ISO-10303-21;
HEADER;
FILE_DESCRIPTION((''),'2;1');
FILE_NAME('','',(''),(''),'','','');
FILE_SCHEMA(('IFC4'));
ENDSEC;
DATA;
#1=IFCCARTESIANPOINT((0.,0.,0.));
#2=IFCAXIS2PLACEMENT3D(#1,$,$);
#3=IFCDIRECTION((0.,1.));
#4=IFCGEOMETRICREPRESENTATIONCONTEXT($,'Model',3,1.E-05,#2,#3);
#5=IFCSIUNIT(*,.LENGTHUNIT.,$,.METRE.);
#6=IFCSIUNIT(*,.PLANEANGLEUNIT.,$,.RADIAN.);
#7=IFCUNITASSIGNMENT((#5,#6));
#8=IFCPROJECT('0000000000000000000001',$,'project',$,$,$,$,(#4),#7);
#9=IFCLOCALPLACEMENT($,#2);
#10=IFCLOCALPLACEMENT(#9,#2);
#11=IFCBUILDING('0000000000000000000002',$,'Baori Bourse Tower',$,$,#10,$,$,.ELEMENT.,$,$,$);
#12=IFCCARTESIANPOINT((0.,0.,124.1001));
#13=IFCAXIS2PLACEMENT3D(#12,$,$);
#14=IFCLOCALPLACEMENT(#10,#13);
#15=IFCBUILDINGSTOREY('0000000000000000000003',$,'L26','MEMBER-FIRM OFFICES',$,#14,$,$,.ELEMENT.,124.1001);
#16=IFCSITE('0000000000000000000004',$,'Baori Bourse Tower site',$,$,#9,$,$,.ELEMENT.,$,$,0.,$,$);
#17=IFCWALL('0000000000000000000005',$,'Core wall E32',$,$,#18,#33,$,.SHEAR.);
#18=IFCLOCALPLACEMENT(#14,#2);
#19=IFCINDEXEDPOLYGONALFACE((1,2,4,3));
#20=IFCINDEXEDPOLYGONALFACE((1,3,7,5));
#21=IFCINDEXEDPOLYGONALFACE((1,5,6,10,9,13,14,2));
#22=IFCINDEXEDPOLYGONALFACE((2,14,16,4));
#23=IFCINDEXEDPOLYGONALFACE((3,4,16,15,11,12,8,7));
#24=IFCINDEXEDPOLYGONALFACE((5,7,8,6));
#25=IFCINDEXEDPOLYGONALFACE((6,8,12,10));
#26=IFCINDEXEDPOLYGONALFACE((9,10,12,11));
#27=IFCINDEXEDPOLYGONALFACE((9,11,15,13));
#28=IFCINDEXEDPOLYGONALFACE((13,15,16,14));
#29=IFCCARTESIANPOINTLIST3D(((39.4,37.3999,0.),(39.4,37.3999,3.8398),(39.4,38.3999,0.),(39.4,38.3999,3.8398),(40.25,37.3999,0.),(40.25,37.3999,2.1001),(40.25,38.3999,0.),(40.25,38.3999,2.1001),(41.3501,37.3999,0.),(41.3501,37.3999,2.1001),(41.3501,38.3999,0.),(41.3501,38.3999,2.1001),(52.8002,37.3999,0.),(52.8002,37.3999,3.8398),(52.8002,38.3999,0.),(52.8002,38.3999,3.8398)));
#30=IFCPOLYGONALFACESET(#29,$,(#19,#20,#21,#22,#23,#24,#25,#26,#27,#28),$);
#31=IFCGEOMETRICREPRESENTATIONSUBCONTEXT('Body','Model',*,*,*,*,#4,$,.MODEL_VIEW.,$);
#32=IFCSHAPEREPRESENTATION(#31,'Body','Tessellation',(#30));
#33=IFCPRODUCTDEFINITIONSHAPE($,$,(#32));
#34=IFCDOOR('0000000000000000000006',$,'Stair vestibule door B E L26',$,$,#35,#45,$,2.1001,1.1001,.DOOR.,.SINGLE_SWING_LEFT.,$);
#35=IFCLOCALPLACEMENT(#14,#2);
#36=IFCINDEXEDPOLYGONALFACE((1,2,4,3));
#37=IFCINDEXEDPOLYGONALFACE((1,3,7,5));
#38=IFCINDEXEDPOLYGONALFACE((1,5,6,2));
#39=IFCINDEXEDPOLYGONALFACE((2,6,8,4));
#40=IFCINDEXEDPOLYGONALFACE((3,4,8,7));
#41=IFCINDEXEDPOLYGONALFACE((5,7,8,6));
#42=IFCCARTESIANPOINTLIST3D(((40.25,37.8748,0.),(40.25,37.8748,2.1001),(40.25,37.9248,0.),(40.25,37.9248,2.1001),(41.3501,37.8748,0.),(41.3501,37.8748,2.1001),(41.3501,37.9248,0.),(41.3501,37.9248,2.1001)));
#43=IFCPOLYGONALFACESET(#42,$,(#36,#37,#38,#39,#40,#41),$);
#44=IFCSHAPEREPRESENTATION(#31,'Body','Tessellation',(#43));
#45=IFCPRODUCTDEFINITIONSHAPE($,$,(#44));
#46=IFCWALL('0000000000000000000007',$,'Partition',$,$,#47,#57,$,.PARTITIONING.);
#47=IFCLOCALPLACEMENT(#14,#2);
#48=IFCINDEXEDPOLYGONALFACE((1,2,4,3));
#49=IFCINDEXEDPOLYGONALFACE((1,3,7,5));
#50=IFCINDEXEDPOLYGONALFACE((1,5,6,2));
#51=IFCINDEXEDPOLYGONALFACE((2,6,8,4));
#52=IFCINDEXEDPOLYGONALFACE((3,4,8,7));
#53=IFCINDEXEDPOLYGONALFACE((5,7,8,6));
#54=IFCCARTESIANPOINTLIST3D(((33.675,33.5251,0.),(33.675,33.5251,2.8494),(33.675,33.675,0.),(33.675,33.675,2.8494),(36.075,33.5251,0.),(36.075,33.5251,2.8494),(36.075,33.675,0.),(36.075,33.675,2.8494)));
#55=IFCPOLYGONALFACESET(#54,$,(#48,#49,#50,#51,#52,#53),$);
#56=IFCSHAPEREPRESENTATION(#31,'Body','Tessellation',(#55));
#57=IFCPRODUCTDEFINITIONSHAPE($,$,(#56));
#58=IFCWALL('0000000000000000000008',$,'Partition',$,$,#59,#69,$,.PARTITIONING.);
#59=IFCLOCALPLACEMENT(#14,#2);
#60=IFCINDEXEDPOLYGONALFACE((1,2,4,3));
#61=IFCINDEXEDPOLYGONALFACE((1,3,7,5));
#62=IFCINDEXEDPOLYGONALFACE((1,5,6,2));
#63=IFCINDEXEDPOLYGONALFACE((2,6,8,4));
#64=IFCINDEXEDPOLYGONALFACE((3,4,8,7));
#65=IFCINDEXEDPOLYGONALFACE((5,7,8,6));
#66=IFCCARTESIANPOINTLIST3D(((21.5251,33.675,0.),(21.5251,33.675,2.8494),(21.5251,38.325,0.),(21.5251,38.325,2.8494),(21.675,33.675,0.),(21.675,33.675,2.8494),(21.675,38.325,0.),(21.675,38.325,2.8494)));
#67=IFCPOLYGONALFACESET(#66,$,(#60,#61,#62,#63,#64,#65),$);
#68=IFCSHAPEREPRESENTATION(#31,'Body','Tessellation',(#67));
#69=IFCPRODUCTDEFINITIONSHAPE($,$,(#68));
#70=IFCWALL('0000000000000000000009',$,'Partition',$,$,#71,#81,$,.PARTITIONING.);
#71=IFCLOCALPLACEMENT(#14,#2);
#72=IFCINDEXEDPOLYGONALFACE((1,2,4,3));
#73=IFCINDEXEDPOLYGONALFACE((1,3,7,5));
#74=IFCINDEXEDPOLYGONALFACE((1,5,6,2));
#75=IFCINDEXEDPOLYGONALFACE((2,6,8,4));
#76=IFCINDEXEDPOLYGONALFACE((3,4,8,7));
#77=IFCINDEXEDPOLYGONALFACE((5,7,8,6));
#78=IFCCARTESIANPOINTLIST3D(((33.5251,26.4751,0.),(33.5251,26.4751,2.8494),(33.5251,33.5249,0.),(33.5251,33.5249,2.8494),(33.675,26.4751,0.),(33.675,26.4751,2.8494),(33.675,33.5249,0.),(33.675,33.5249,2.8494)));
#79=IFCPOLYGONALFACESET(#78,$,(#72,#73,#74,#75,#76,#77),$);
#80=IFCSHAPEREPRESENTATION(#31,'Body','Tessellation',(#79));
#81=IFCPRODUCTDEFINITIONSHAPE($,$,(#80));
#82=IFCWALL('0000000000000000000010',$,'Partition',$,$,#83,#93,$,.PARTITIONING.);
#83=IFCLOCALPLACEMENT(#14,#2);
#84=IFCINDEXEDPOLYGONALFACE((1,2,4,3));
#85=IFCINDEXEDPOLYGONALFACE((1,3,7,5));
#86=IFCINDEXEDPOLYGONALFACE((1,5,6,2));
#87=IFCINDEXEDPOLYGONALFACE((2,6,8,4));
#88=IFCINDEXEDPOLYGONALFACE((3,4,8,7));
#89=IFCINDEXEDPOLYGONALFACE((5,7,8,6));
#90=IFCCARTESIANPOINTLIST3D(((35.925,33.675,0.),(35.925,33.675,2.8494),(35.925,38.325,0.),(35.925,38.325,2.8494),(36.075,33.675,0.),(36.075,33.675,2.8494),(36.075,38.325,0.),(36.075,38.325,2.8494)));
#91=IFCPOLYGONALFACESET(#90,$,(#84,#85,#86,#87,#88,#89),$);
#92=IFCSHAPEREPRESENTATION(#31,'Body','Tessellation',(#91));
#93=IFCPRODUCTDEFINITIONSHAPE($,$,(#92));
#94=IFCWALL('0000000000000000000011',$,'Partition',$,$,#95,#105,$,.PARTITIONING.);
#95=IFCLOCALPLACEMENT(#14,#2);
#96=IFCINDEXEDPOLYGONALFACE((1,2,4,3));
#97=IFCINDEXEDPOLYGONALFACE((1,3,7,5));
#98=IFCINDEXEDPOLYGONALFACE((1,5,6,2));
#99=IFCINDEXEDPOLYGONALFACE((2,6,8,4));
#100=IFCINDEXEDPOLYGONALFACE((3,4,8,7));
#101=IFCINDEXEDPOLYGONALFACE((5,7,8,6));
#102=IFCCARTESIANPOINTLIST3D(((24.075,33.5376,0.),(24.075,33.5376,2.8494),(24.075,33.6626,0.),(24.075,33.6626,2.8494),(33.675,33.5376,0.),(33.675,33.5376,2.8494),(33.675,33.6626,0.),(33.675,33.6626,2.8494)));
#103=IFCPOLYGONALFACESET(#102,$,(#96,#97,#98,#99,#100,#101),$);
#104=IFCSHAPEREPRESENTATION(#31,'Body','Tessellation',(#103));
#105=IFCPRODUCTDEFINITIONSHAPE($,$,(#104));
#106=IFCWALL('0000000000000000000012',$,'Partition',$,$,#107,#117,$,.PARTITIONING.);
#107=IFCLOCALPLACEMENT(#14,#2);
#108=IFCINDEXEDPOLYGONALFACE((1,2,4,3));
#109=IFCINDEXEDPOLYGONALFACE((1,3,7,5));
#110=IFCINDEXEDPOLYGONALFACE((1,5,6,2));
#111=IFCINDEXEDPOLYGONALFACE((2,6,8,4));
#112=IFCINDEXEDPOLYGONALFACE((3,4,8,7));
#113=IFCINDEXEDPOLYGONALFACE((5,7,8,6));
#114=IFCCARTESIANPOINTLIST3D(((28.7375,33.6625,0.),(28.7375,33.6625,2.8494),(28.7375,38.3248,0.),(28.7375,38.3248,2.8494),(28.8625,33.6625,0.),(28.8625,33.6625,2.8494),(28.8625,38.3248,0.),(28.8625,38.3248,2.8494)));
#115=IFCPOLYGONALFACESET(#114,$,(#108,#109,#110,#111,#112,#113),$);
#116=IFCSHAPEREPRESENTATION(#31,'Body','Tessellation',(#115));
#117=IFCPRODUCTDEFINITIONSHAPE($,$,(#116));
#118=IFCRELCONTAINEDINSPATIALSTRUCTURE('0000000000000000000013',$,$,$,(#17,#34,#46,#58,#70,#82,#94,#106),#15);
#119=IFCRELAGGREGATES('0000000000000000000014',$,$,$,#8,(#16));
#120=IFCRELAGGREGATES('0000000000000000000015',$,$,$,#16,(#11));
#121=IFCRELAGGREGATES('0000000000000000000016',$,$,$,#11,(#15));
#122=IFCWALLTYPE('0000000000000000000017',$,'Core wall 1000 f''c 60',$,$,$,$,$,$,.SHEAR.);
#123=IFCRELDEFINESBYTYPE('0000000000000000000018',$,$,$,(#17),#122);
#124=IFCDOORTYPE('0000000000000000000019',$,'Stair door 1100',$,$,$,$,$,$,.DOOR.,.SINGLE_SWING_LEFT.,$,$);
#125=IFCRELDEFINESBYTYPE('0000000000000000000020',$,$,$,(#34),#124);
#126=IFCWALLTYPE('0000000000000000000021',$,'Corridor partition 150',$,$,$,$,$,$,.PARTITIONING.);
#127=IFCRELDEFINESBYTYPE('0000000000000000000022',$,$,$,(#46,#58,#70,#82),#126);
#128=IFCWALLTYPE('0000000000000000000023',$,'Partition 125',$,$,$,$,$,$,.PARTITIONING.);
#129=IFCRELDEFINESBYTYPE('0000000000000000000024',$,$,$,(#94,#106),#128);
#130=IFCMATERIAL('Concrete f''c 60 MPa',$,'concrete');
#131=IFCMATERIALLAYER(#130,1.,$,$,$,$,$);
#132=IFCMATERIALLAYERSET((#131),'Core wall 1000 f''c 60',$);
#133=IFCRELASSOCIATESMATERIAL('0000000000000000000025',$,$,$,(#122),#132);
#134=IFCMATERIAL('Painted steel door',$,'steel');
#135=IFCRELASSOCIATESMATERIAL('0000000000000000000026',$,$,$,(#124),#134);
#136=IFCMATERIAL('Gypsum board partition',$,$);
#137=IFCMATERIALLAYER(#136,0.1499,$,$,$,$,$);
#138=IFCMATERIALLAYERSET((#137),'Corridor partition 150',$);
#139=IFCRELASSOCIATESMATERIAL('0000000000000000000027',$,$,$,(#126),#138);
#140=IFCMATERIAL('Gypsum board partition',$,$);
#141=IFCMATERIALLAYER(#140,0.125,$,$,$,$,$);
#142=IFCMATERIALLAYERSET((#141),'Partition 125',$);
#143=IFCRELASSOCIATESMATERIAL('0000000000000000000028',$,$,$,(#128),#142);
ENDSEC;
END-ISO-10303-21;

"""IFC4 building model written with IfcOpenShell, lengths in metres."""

from ifc_helpers import new_model, si_unit, direction, frame, frame_2d, origin, place, context, subcontext, project, spatial, rectangle, extrude, material, layer, layer_set, type_object, element, fill, save


model = new_model("IFC4")

# Units and contexts
model_context = context("Model", 3, precision=1e-05, world=origin(), true_north=direction((0.0, 1.0)))
body_context = subcontext(model_context, "Body", "Model", "MODEL_VIEW")
ifc_project = project(units=[si_unit("LENGTHUNIT", "METRE"), si_unit("PLANEANGLEUNIT", "RADIAN")], contexts=[model_context])

# Site, building, storey
site_placement = place(None, origin())
site = spatial("IfcSite", under=ifc_project, at=site_placement, Name="Baori Bourse Tower site", CompositionType="ELEMENT", RefElevation=0.0)
building_placement = place(site_placement, origin())
building = spatial("IfcBuilding", under=site, at=building_placement, Name="Baori Bourse Tower", CompositionType="ELEMENT")
storey_placement = place(building_placement, frame((0.0, 0.0, 124.1001)))
storey = spatial("IfcBuildingStorey", under=building, at=storey_placement, Name="L26", Description="MEMBER-FIRM OFFICES", CompositionType="ELEMENT", Elevation=124.1001)

# Wall, opening, door
ifc_material_1 = material(Name="Concrete f'c 60 MPa", Category="concrete")
ifc_layer_1 = layer(ifc_material_1, 1.0)
ifc_layer_set_1 = layer_set([ifc_layer_1], Name="Core wall 1000 f'c 60")
wall_type_1 = type_object("IfcWallType", Name="Core wall 1000 f'c 60", PredefinedType="SHEAR", material=ifc_layer_set_1)
wall_1_placement = place(storey_placement, frame((39.3999, 37.8999, 0.0), z_axis=(0.0, 0.0, 1.0), x_axis=(1.0, 0.0, 0.0)))
wall_1 = element("IfcWall", 1, at=wall_1_placement, inside=storey, type_object=wall_type_1, Name="Core wall E32", PredefinedType="SHEAR", context=body_context, shape_type="SweptSolid", body=[
    extrude(rectangle(XDim=13.4001, YDim=1.0, at=frame_2d((6.7002, 0.0))), origin(), (0.0, 0.0, 1.0), 3.8398),
])
opening_1_placement = place(wall_1_placement, frame((0.8501, 0.0, 0.0)))
opening_1 = element("IfcOpeningElement", 2, at=opening_1_placement, cuts=wall_1, PredefinedType="OPENING", context=body_context, shape_type="SweptSolid", body=[
    extrude(rectangle(XDim=1.1001, YDim=2.1001, at=frame_2d((0.55, 1.05))), frame((0.0, 0.51, 0.0), z_axis=(0.0, -1.0, 0.0), x_axis=(1.0, 0.0, 0.0)), (0.0, 0.0, 1.0), 1.02),
])
ifc_material_2 = material(Name="Painted steel door", Category="steel")
door_type_1 = type_object("IfcDoorType", Name="Stair door 1100", OperationType="SINGLE_SWING_LEFT", PredefinedType="DOOR", material=ifc_material_2)
door_1_placement = place(opening_1_placement, origin())
door_1 = element("IfcDoor", 3, at=door_1_placement, inside=storey, type_object=door_type_1, Name="Stair vestibule door B E L26", OperationType="SINGLE_SWING_LEFT", OverallHeight=2.1001, OverallWidth=1.1001, PredefinedType="DOOR", context=body_context, shape_type="SweptSolid", body=[
    extrude(rectangle(XDim=1.1001, YDim=2.1001, at=frame_2d((0.55, 1.05))), frame((0.0, 0.0249, 0.0), z_axis=(0.0, -1.0, 0.0), x_axis=(1.0, 0.0, 0.0)), (0.0, 0.0, 1.0), 0.05),
])
fill(opening_1, door_1)

# Walls
ifc_material_3 = material(Name="Gypsum board partition")
ifc_layer_2 = layer(ifc_material_3, 0.1499)
ifc_layer_set_2 = layer_set([ifc_layer_2], Name="Corridor partition 150")
wall_type_2 = type_object("IfcWallType", Name="Corridor partition 150", PredefinedType="PARTITIONING", material=ifc_layer_set_2)
wall_2_placement = place(storey_placement, frame((33.675, 33.6001, 0.0), z_axis=(0.0, 0.0, 1.0), x_axis=(1.0, 0.0, 0.0)))
element("IfcWall", 4, at=wall_2_placement, inside=storey, type_object=wall_type_2, Name="Partition", PredefinedType="PARTITIONING", context=body_context, shape_type="SweptSolid", body=[
    extrude(rectangle(XDim=2.3999, YDim=0.1499, at=frame_2d((1.2, 0.0))), origin(), (0.0, 0.0, 1.0), 2.8494),
])
wall_3_placement = place(storey_placement, frame((21.6001, 33.675, 0.0), z_axis=(0.0, 0.0, 1.0), x_axis=(0.0, 1.0, 0.0)))
element("IfcWall", 5, at=wall_3_placement, inside=storey, type_object=wall_type_2, Name="Partition", PredefinedType="PARTITIONING", context=body_context, shape_type="SweptSolid", body=[
    extrude(rectangle(XDim=4.6499, YDim=0.1499, at=frame_2d((2.325, 0.0))), origin(), (0.0, 0.0, 1.0), 2.8494),
])
wall_4_placement = place(storey_placement, frame((33.6001, 26.4751, 0.0), z_axis=(0.0, 0.0, 1.0), x_axis=(0.0, 1.0, 0.0)))
element("IfcWall", 6, at=wall_4_placement, inside=storey, type_object=wall_type_2, Name="Partition", PredefinedType="PARTITIONING", context=body_context, shape_type="SweptSolid", body=[
    extrude(rectangle(XDim=7.0498, YDim=0.1499, at=frame_2d((3.5249, 0.0))), origin(), (0.0, 0.0, 1.0), 2.8494),
])
wall_5_placement = place(storey_placement, frame((36.0, 33.675, 0.0), z_axis=(0.0, 0.0, 1.0), x_axis=(0.0, 1.0, 0.0)))
element("IfcWall", 7, at=wall_5_placement, inside=storey, type_object=wall_type_2, Name="Partition", PredefinedType="PARTITIONING", context=body_context, shape_type="SweptSolid", body=[
    extrude(rectangle(XDim=4.6499, YDim=0.1499, at=frame_2d((2.325, 0.0))), origin(), (0.0, 0.0, 1.0), 2.8494),
])
ifc_material_4 = material(Name="Gypsum board partition")
ifc_layer_3 = layer(ifc_material_4, 0.125)
ifc_layer_set_3 = layer_set([ifc_layer_3], Name="Partition 125")
wall_type_3 = type_object("IfcWallType", Name="Partition 125", PredefinedType="PARTITIONING", material=ifc_layer_set_3)
wall_6_placement = place(storey_placement, frame((24.075, 33.6001, 0.0), z_axis=(0.0, 0.0, 1.0), x_axis=(1.0, 0.0, 0.0)))
element("IfcWall", 8, at=wall_6_placement, inside=storey, type_object=wall_type_3, Name="Partition", PredefinedType="PARTITIONING", context=body_context, shape_type="SweptSolid", body=[
    extrude(rectangle(XDim=9.6001, YDim=0.125, at=frame_2d((4.8, 0.0))), origin(), (0.0, 0.0, 1.0), 2.8494),
])
wall_7_placement = place(storey_placement, frame((28.8, 33.6626, 0.0), z_axis=(0.0, 0.0, 1.0), x_axis=(0.0, 1.0, 0.0)))
element("IfcWall", 9, at=wall_7_placement, inside=storey, type_object=wall_type_3, Name="Partition", PredefinedType="PARTITIONING", context=body_context, shape_type="SweptSolid", body=[
    extrude(rectangle(XDim=4.6624, YDim=0.125, at=frame_2d((2.3311, 0.0))), origin(), (0.0, 0.0, 1.0), 2.8494),
])

save(model, "model.ifc")
